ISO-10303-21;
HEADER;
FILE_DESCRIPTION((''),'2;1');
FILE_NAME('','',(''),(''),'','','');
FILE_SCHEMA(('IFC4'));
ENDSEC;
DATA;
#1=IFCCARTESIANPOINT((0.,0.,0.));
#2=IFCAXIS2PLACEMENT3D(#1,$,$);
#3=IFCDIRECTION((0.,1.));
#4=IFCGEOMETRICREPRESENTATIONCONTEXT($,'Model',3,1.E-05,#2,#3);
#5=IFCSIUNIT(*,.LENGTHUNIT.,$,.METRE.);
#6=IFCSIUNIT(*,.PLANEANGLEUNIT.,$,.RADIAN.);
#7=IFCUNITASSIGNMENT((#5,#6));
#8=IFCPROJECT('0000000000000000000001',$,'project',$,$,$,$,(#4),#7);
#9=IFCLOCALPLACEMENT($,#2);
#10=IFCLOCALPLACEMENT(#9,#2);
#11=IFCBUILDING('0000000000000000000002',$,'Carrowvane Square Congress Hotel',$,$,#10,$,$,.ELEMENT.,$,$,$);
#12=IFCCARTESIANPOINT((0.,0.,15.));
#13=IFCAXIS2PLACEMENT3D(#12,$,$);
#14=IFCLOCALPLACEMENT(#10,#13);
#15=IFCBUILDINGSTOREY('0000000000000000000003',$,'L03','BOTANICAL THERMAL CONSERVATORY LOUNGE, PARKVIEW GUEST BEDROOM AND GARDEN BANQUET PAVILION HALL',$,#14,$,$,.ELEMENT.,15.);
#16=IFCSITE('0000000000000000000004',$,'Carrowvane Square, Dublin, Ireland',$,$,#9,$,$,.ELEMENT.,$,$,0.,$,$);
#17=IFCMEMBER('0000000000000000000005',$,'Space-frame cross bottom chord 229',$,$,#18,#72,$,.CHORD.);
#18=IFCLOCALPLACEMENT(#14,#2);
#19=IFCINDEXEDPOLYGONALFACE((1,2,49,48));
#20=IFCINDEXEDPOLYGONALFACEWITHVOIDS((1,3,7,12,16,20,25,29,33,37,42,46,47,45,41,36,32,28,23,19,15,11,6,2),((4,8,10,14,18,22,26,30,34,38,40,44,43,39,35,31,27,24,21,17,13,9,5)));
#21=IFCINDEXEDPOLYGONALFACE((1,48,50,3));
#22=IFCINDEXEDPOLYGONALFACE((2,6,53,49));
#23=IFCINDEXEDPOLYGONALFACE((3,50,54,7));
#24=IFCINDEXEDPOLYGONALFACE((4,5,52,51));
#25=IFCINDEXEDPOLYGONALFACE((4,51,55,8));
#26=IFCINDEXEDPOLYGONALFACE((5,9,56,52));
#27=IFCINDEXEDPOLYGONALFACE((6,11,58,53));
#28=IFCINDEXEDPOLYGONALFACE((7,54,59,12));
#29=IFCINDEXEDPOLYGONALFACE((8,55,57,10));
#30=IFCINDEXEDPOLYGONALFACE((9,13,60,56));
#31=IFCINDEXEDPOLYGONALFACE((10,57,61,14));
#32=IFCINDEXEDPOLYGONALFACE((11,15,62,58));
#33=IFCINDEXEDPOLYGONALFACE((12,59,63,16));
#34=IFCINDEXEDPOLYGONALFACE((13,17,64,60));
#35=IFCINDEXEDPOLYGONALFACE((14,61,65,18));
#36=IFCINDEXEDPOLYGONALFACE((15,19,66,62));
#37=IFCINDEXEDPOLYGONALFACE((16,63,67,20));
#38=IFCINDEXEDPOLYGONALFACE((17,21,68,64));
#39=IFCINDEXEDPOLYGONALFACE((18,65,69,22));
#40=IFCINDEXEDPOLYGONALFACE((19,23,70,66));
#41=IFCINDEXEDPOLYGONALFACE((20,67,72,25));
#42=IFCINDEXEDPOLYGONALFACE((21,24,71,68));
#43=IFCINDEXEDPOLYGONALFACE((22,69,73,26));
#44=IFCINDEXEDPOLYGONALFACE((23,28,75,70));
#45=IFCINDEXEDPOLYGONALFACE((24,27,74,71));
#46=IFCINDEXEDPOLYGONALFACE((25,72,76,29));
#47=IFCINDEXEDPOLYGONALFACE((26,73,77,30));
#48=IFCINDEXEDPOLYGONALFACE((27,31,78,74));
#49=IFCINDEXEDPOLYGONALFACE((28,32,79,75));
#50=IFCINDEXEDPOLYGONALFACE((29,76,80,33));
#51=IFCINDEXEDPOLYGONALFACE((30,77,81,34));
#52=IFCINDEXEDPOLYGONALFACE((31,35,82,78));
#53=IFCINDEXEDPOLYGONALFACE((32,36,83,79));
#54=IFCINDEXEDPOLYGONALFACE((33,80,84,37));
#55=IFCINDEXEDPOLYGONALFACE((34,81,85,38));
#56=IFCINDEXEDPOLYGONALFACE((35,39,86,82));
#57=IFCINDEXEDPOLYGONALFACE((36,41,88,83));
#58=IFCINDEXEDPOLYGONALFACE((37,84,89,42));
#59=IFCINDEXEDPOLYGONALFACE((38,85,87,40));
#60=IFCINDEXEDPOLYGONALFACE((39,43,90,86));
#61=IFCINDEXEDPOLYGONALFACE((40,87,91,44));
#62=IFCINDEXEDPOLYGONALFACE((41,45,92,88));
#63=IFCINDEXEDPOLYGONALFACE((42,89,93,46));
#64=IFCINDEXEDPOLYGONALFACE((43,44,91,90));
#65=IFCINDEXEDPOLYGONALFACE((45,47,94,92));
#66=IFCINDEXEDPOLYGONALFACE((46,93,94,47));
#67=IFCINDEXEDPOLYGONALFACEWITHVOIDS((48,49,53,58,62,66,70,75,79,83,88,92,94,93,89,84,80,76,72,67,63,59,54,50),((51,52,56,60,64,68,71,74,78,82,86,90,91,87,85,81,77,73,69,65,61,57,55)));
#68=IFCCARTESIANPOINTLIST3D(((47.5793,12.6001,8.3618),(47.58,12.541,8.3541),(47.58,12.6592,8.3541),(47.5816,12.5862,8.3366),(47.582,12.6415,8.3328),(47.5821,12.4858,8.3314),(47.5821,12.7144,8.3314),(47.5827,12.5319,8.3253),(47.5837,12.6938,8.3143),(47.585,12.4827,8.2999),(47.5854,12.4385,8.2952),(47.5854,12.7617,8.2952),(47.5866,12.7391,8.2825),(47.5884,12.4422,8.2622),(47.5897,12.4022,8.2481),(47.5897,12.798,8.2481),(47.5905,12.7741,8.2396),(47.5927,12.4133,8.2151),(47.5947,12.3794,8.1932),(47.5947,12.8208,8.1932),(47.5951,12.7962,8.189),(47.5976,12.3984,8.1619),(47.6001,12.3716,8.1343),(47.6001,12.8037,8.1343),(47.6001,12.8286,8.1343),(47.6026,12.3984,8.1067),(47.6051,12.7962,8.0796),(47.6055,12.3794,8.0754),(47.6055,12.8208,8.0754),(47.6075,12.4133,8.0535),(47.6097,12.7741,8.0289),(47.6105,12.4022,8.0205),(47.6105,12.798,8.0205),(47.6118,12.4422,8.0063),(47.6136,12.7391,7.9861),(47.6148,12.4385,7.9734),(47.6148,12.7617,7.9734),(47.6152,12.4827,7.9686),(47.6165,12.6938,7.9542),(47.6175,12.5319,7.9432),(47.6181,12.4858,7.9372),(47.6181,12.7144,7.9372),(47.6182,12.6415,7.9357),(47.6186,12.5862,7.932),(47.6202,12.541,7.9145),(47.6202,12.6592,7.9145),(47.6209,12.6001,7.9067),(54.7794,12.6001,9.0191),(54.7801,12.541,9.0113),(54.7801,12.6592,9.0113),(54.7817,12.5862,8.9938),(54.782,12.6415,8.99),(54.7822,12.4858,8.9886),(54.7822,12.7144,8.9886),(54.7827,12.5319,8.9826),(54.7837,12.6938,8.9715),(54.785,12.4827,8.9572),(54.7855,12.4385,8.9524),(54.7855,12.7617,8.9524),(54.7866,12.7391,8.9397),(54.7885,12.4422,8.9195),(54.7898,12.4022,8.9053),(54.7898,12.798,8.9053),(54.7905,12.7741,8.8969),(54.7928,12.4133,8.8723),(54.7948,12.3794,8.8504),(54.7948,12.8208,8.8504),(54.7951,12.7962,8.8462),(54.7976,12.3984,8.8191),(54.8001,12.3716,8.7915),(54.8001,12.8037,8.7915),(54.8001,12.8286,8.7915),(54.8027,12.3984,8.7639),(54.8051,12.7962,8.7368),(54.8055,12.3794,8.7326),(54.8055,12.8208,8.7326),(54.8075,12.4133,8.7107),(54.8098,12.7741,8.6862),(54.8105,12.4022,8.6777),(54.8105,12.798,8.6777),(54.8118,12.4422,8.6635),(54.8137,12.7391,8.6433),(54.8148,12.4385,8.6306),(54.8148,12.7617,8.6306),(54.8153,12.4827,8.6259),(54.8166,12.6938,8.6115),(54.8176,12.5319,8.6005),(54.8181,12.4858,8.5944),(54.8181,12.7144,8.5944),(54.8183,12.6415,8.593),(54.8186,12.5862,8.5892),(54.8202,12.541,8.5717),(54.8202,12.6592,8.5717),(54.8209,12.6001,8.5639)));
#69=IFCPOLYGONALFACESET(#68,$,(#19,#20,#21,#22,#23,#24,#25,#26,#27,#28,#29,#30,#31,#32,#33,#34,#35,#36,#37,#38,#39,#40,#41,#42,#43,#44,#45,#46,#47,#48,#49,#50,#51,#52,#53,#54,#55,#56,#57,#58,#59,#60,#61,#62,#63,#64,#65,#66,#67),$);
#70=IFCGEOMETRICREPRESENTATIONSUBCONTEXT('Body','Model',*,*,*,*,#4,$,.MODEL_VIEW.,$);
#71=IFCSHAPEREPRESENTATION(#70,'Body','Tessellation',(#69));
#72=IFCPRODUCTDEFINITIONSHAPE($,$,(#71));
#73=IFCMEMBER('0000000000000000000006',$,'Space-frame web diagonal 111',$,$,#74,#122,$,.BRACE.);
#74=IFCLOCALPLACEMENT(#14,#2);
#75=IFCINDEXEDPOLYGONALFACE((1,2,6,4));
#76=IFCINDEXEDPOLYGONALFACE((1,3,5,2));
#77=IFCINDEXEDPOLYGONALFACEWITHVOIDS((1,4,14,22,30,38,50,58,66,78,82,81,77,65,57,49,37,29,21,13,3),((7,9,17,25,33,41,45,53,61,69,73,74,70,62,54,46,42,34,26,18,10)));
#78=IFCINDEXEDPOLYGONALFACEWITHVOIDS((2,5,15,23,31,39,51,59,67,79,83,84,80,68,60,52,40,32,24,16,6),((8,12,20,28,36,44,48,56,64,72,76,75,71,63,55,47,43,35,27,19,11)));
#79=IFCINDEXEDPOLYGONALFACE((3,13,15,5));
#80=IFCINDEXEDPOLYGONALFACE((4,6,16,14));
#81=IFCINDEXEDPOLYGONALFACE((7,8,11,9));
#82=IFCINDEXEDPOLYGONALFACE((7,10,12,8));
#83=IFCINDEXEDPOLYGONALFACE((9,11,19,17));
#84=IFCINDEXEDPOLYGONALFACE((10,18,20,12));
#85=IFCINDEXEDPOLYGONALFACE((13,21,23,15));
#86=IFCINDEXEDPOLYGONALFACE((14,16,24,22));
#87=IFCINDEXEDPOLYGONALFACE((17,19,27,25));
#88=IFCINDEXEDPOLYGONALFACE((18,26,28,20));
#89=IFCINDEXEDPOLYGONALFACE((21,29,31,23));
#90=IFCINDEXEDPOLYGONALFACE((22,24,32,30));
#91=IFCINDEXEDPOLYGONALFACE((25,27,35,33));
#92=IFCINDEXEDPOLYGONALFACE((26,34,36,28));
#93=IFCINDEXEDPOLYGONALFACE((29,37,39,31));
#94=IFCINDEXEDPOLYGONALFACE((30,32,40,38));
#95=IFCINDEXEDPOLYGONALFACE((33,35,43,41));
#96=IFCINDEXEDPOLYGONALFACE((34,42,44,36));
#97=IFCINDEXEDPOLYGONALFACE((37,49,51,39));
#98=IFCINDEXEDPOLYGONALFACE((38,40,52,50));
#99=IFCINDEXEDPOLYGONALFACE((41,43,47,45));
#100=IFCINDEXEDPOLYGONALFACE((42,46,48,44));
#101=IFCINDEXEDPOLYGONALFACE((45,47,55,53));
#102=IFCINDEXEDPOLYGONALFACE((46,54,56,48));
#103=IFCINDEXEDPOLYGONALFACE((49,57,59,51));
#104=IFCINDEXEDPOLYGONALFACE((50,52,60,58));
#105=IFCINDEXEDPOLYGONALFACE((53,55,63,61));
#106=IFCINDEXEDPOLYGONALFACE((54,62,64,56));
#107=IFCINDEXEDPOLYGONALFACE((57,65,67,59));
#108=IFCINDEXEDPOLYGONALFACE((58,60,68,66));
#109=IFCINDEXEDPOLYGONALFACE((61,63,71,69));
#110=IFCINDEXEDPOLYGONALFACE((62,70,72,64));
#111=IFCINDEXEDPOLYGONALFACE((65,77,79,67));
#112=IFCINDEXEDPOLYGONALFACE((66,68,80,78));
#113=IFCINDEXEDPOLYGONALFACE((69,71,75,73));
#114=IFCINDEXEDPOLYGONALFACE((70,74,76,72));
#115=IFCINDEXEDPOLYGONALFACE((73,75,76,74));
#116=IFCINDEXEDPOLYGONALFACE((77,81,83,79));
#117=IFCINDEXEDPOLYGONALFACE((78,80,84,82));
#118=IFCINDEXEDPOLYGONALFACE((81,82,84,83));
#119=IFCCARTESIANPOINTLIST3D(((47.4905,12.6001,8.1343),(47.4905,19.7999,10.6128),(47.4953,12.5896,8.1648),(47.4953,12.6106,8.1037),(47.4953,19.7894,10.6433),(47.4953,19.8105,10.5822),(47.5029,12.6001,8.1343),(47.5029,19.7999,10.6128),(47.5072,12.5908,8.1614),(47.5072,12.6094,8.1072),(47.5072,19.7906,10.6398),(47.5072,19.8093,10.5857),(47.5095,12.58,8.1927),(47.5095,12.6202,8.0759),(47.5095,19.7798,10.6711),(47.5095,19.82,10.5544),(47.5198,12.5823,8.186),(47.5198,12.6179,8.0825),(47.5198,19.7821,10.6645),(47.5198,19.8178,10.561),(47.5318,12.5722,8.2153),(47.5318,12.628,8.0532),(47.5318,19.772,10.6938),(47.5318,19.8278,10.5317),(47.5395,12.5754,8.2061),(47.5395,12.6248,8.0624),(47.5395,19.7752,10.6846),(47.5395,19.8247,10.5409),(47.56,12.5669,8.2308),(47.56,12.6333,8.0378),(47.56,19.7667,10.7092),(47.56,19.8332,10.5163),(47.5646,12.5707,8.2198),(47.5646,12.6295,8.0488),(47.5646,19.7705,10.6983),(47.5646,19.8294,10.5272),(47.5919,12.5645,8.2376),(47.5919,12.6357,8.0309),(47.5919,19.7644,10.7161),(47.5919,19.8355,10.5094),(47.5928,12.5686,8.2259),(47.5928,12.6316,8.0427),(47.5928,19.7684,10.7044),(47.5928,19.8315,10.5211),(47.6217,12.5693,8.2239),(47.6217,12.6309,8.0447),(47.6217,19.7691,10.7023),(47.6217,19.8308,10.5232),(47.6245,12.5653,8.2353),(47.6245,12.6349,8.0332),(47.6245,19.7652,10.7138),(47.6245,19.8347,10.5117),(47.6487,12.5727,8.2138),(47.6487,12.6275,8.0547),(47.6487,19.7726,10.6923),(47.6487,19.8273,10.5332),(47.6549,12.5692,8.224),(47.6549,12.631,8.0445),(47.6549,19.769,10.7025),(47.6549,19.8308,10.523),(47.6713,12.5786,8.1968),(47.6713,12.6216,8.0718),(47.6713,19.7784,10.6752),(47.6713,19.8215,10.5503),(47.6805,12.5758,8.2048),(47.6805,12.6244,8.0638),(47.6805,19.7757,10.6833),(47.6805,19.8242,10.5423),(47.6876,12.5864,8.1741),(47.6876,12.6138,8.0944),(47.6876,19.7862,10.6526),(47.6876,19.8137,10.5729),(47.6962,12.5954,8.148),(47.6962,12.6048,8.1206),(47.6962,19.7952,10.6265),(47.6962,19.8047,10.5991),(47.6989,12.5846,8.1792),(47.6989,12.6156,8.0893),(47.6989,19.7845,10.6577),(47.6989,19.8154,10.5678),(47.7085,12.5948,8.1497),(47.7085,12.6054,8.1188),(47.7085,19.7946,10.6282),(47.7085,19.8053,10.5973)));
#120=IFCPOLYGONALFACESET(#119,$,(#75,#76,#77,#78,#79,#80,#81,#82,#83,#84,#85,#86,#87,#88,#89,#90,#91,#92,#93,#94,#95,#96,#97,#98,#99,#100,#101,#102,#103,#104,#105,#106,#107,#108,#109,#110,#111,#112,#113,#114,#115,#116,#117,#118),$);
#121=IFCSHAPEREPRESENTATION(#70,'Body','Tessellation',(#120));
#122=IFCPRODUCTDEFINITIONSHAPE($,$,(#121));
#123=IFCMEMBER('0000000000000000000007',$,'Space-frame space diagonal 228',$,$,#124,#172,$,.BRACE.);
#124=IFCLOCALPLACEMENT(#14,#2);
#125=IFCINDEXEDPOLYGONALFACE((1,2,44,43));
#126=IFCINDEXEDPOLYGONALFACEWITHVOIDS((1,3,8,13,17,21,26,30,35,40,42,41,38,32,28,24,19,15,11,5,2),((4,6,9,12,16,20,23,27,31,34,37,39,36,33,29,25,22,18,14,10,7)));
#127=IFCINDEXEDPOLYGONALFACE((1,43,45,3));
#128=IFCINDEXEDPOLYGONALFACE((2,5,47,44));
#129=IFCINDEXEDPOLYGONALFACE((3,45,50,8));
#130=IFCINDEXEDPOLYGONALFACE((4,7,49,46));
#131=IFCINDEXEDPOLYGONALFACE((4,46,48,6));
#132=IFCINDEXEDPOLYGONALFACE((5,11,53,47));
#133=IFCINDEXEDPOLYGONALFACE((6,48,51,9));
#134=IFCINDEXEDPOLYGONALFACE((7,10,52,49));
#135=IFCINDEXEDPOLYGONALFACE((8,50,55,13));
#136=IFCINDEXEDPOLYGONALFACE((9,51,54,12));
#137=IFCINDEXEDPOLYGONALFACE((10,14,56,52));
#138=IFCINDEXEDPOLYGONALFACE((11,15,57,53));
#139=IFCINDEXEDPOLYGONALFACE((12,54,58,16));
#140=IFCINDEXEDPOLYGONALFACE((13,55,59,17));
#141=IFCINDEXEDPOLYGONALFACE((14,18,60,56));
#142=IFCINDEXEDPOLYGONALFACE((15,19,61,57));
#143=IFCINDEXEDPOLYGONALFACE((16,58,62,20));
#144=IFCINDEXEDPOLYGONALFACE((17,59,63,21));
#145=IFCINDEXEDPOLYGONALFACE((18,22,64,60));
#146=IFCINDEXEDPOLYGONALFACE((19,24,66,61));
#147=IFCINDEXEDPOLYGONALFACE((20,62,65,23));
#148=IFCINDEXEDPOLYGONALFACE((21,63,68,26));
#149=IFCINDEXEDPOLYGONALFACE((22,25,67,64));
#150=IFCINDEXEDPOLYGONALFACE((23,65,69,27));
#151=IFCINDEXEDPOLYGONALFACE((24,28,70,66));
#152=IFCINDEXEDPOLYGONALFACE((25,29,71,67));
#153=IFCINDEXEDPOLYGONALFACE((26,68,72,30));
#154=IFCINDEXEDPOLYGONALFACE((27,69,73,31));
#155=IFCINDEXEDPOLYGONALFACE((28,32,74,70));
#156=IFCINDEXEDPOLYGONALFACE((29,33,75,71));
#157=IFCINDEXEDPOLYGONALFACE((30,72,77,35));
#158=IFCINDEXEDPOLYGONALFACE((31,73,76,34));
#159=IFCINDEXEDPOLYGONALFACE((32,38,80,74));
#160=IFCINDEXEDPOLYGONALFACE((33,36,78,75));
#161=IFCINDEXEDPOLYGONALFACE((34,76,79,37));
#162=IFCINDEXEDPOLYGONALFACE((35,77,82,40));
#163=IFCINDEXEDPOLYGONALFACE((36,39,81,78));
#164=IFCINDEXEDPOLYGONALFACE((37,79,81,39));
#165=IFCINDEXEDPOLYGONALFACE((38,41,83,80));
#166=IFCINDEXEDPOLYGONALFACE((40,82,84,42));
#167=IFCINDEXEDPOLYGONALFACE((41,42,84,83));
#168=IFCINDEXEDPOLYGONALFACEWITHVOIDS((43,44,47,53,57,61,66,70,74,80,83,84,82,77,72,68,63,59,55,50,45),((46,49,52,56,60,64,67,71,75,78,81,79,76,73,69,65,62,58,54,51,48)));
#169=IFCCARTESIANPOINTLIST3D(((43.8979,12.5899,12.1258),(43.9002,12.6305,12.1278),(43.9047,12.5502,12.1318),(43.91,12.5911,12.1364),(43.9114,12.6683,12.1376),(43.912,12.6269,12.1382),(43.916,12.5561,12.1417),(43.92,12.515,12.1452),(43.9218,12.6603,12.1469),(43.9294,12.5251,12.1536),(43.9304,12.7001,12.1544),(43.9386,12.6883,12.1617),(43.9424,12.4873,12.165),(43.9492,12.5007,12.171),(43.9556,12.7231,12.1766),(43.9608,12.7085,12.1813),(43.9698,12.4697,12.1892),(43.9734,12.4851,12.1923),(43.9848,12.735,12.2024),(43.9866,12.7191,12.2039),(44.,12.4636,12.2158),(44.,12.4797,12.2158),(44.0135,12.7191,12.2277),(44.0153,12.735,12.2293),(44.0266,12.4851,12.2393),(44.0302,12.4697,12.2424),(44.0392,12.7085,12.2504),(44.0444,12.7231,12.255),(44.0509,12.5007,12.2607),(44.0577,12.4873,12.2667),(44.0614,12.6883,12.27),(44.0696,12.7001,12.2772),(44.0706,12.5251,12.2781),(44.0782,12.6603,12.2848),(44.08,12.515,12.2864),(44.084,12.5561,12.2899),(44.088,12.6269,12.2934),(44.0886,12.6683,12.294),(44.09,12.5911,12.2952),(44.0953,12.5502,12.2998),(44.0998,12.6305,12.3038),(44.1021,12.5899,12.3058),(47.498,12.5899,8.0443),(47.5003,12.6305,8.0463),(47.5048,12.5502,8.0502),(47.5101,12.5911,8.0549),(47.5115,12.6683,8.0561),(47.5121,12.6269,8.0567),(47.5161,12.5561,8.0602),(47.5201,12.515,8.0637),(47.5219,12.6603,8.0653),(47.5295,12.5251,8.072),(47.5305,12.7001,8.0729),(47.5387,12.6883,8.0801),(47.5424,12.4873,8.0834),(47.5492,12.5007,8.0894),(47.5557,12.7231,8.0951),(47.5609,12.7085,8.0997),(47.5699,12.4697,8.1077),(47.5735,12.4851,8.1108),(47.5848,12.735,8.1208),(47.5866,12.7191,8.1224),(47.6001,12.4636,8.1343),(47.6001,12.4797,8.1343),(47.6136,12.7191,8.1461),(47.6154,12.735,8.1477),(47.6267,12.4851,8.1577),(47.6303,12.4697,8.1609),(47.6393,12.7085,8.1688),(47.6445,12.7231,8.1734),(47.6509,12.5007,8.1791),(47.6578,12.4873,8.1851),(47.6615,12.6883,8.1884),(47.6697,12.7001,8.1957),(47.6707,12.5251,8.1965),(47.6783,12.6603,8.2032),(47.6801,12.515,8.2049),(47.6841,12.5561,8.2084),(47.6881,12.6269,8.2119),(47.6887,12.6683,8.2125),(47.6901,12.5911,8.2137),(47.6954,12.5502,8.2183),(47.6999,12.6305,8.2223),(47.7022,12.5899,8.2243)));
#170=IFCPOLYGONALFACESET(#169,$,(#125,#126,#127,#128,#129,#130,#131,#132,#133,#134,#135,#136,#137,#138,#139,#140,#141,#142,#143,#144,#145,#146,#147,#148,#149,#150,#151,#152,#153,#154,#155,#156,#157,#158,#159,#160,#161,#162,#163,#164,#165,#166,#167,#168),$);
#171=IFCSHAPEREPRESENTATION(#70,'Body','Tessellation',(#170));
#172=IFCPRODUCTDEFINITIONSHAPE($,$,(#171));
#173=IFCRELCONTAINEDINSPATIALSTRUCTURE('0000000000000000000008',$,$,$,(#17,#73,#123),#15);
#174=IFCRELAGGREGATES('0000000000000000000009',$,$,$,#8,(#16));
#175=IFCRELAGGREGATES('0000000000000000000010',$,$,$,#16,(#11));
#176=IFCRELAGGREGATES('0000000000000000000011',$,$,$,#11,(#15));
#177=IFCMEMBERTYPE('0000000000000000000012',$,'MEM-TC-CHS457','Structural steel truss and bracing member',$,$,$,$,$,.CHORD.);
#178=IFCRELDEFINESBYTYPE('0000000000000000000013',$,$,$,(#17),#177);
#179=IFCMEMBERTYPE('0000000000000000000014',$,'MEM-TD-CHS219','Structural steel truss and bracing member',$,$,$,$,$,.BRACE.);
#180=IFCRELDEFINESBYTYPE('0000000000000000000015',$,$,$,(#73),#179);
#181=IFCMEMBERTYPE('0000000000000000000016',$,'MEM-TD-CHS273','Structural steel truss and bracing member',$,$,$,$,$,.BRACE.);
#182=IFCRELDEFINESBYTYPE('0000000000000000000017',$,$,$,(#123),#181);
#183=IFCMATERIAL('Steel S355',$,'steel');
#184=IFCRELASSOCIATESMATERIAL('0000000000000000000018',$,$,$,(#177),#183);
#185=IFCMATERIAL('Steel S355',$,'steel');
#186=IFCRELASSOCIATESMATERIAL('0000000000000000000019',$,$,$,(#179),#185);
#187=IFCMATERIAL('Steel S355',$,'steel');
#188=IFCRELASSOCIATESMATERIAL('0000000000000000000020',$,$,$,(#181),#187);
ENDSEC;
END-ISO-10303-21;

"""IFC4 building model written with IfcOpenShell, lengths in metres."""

from ifc_helpers import new_model, si_unit, direction, frame, origin, origin_2d, place, context, subcontext, project, spatial, hollow_circle, extrude, material, material_profile, profile_set, type_object, element, save


model = new_model("IFC4")

# Units and contexts
model_context = context("Model", 3, precision=1e-05, world=origin(), true_north=direction((0.0, 1.0)))
body_context = subcontext(model_context, "Body", "Model", "MODEL_VIEW")
ifc_project = project(units=[si_unit("LENGTHUNIT", "METRE"), si_unit("PLANEANGLEUNIT", "RADIAN")], contexts=[model_context])

# Site, building, storey
site_placement = place(None, origin())
site = spatial("IfcSite", under=ifc_project, at=site_placement, Name="Carrowvane Square, Dublin, Ireland", CompositionType="ELEMENT", RefElevation=0.0)
building_placement = place(site_placement, origin())
building = spatial("IfcBuilding", under=site, at=building_placement, Name="Carrowvane Square Congress Hotel", CompositionType="ELEMENT")
storey_placement = place(building_placement, frame((0.0, 0.0, 15.0)))
storey = spatial("IfcBuildingStorey", under=building, at=storey_placement, Name="L03", Description="BOTANICAL THERMAL CONSERVATORY LOUNGE, PARKVIEW GUEST BEDROOM AND GARDEN BANQUET PAVILION HALL", CompositionType="ELEMENT", Elevation=15.0)

# Members
ifc_material_1 = material(Name="Steel S355", Category="steel")
ifc_material_profile_1 = material_profile(ifc_material_1, hollow_circle(Radius=0.2285, WallThickness=0.0249, at=origin_2d()), Name="CHS 457.0x25")
ifc_profile_set_1 = profile_set([ifc_material_profile_1], Name="Steel S355")
member_type_1 = type_object("IfcMemberType", Name="MEM-TC-CHS457", Description="Structural steel truss and bracing member", PredefinedType="CHORD", material=ifc_profile_set_1)
member_1_placement = place(storey_placement, frame((47.6001, 12.6001, 8.1343), z_axis=(0.99586, 0.0, 0.090904), x_axis=(0.0, 1.0, 0.0)))
element("IfcMember", 1, at=member_1_placement, inside=storey, type_object=member_type_1, Name="Space-frame cross bottom chord 229", PredefinedType="CHORD", context=body_context, shape_type="SweptSolid", body=[
    extrude(hollow_circle(Radius=0.2285, WallThickness=0.0249, at=origin_2d()), origin(), (0.0, 0.0, 1.0), 7.23),
])
ifc_material_2 = material(Name="Steel S355", Category="steel")
ifc_material_profile_2 = material_profile(ifc_material_2, hollow_circle(Radius=0.1096, WallThickness=0.0125, at=origin_2d()), Name="CHS 219.1x12.5")
ifc_profile_set_2 = profile_set([ifc_material_profile_2], Name="Steel S355")
member_type_2 = type_object("IfcMemberType", Name="MEM-TD-CHS219", Description="Structural steel truss and bracing member", PredefinedType="BRACE", material=ifc_profile_set_2)
member_2_placement = place(storey_placement, frame((47.6001, 12.6001, 8.1343), z_axis=(0.0, 0.945544, 0.325495), x_axis=(-1.0, 0.0, 0.0)))
element("IfcMember", 2, at=member_2_placement, inside=storey, type_object=member_type_2, Name="Space-frame web diagonal 111", PredefinedType="BRACE", context=body_context, shape_type="SweptSolid", body=[
    extrude(hollow_circle(Radius=0.1096, WallThickness=0.0125, at=origin_2d()), origin(), (0.0, 0.0, 1.0), 7.6145),
])
ifc_material_3 = material(Name="Steel S355", Category="steel")
ifc_material_profile_3 = material_profile(ifc_material_3, hollow_circle(Radius=0.1365, WallThickness=0.0161, at=origin_2d()), Name="CHS 273.0x16")
ifc_profile_set_3 = profile_set([ifc_material_profile_3], Name="Steel S355")
member_type_3 = type_object("IfcMemberType", Name="MEM-TD-CHS273", Description="Structural steel truss and bracing member", PredefinedType="BRACE", material=ifc_profile_set_3)
member_3_placement = place(storey_placement, frame((47.6001, 12.6001, 8.1343), z_axis=(-0.661491, 0.0, 0.749953), x_axis=(0.0, -1.0, 0.0)))
element("IfcMember", 3, at=member_3_placement, inside=storey, type_object=member_type_3, Name="Space-frame space diagonal 228", PredefinedType="BRACE", context=body_context, shape_type="SweptSolid", body=[
    extrude(hollow_circle(Radius=0.1365, WallThickness=0.0161, at=origin_2d()), origin(), (0.0, 0.0, 1.0), 5.4424),
])

save(model, "model.ifc")
